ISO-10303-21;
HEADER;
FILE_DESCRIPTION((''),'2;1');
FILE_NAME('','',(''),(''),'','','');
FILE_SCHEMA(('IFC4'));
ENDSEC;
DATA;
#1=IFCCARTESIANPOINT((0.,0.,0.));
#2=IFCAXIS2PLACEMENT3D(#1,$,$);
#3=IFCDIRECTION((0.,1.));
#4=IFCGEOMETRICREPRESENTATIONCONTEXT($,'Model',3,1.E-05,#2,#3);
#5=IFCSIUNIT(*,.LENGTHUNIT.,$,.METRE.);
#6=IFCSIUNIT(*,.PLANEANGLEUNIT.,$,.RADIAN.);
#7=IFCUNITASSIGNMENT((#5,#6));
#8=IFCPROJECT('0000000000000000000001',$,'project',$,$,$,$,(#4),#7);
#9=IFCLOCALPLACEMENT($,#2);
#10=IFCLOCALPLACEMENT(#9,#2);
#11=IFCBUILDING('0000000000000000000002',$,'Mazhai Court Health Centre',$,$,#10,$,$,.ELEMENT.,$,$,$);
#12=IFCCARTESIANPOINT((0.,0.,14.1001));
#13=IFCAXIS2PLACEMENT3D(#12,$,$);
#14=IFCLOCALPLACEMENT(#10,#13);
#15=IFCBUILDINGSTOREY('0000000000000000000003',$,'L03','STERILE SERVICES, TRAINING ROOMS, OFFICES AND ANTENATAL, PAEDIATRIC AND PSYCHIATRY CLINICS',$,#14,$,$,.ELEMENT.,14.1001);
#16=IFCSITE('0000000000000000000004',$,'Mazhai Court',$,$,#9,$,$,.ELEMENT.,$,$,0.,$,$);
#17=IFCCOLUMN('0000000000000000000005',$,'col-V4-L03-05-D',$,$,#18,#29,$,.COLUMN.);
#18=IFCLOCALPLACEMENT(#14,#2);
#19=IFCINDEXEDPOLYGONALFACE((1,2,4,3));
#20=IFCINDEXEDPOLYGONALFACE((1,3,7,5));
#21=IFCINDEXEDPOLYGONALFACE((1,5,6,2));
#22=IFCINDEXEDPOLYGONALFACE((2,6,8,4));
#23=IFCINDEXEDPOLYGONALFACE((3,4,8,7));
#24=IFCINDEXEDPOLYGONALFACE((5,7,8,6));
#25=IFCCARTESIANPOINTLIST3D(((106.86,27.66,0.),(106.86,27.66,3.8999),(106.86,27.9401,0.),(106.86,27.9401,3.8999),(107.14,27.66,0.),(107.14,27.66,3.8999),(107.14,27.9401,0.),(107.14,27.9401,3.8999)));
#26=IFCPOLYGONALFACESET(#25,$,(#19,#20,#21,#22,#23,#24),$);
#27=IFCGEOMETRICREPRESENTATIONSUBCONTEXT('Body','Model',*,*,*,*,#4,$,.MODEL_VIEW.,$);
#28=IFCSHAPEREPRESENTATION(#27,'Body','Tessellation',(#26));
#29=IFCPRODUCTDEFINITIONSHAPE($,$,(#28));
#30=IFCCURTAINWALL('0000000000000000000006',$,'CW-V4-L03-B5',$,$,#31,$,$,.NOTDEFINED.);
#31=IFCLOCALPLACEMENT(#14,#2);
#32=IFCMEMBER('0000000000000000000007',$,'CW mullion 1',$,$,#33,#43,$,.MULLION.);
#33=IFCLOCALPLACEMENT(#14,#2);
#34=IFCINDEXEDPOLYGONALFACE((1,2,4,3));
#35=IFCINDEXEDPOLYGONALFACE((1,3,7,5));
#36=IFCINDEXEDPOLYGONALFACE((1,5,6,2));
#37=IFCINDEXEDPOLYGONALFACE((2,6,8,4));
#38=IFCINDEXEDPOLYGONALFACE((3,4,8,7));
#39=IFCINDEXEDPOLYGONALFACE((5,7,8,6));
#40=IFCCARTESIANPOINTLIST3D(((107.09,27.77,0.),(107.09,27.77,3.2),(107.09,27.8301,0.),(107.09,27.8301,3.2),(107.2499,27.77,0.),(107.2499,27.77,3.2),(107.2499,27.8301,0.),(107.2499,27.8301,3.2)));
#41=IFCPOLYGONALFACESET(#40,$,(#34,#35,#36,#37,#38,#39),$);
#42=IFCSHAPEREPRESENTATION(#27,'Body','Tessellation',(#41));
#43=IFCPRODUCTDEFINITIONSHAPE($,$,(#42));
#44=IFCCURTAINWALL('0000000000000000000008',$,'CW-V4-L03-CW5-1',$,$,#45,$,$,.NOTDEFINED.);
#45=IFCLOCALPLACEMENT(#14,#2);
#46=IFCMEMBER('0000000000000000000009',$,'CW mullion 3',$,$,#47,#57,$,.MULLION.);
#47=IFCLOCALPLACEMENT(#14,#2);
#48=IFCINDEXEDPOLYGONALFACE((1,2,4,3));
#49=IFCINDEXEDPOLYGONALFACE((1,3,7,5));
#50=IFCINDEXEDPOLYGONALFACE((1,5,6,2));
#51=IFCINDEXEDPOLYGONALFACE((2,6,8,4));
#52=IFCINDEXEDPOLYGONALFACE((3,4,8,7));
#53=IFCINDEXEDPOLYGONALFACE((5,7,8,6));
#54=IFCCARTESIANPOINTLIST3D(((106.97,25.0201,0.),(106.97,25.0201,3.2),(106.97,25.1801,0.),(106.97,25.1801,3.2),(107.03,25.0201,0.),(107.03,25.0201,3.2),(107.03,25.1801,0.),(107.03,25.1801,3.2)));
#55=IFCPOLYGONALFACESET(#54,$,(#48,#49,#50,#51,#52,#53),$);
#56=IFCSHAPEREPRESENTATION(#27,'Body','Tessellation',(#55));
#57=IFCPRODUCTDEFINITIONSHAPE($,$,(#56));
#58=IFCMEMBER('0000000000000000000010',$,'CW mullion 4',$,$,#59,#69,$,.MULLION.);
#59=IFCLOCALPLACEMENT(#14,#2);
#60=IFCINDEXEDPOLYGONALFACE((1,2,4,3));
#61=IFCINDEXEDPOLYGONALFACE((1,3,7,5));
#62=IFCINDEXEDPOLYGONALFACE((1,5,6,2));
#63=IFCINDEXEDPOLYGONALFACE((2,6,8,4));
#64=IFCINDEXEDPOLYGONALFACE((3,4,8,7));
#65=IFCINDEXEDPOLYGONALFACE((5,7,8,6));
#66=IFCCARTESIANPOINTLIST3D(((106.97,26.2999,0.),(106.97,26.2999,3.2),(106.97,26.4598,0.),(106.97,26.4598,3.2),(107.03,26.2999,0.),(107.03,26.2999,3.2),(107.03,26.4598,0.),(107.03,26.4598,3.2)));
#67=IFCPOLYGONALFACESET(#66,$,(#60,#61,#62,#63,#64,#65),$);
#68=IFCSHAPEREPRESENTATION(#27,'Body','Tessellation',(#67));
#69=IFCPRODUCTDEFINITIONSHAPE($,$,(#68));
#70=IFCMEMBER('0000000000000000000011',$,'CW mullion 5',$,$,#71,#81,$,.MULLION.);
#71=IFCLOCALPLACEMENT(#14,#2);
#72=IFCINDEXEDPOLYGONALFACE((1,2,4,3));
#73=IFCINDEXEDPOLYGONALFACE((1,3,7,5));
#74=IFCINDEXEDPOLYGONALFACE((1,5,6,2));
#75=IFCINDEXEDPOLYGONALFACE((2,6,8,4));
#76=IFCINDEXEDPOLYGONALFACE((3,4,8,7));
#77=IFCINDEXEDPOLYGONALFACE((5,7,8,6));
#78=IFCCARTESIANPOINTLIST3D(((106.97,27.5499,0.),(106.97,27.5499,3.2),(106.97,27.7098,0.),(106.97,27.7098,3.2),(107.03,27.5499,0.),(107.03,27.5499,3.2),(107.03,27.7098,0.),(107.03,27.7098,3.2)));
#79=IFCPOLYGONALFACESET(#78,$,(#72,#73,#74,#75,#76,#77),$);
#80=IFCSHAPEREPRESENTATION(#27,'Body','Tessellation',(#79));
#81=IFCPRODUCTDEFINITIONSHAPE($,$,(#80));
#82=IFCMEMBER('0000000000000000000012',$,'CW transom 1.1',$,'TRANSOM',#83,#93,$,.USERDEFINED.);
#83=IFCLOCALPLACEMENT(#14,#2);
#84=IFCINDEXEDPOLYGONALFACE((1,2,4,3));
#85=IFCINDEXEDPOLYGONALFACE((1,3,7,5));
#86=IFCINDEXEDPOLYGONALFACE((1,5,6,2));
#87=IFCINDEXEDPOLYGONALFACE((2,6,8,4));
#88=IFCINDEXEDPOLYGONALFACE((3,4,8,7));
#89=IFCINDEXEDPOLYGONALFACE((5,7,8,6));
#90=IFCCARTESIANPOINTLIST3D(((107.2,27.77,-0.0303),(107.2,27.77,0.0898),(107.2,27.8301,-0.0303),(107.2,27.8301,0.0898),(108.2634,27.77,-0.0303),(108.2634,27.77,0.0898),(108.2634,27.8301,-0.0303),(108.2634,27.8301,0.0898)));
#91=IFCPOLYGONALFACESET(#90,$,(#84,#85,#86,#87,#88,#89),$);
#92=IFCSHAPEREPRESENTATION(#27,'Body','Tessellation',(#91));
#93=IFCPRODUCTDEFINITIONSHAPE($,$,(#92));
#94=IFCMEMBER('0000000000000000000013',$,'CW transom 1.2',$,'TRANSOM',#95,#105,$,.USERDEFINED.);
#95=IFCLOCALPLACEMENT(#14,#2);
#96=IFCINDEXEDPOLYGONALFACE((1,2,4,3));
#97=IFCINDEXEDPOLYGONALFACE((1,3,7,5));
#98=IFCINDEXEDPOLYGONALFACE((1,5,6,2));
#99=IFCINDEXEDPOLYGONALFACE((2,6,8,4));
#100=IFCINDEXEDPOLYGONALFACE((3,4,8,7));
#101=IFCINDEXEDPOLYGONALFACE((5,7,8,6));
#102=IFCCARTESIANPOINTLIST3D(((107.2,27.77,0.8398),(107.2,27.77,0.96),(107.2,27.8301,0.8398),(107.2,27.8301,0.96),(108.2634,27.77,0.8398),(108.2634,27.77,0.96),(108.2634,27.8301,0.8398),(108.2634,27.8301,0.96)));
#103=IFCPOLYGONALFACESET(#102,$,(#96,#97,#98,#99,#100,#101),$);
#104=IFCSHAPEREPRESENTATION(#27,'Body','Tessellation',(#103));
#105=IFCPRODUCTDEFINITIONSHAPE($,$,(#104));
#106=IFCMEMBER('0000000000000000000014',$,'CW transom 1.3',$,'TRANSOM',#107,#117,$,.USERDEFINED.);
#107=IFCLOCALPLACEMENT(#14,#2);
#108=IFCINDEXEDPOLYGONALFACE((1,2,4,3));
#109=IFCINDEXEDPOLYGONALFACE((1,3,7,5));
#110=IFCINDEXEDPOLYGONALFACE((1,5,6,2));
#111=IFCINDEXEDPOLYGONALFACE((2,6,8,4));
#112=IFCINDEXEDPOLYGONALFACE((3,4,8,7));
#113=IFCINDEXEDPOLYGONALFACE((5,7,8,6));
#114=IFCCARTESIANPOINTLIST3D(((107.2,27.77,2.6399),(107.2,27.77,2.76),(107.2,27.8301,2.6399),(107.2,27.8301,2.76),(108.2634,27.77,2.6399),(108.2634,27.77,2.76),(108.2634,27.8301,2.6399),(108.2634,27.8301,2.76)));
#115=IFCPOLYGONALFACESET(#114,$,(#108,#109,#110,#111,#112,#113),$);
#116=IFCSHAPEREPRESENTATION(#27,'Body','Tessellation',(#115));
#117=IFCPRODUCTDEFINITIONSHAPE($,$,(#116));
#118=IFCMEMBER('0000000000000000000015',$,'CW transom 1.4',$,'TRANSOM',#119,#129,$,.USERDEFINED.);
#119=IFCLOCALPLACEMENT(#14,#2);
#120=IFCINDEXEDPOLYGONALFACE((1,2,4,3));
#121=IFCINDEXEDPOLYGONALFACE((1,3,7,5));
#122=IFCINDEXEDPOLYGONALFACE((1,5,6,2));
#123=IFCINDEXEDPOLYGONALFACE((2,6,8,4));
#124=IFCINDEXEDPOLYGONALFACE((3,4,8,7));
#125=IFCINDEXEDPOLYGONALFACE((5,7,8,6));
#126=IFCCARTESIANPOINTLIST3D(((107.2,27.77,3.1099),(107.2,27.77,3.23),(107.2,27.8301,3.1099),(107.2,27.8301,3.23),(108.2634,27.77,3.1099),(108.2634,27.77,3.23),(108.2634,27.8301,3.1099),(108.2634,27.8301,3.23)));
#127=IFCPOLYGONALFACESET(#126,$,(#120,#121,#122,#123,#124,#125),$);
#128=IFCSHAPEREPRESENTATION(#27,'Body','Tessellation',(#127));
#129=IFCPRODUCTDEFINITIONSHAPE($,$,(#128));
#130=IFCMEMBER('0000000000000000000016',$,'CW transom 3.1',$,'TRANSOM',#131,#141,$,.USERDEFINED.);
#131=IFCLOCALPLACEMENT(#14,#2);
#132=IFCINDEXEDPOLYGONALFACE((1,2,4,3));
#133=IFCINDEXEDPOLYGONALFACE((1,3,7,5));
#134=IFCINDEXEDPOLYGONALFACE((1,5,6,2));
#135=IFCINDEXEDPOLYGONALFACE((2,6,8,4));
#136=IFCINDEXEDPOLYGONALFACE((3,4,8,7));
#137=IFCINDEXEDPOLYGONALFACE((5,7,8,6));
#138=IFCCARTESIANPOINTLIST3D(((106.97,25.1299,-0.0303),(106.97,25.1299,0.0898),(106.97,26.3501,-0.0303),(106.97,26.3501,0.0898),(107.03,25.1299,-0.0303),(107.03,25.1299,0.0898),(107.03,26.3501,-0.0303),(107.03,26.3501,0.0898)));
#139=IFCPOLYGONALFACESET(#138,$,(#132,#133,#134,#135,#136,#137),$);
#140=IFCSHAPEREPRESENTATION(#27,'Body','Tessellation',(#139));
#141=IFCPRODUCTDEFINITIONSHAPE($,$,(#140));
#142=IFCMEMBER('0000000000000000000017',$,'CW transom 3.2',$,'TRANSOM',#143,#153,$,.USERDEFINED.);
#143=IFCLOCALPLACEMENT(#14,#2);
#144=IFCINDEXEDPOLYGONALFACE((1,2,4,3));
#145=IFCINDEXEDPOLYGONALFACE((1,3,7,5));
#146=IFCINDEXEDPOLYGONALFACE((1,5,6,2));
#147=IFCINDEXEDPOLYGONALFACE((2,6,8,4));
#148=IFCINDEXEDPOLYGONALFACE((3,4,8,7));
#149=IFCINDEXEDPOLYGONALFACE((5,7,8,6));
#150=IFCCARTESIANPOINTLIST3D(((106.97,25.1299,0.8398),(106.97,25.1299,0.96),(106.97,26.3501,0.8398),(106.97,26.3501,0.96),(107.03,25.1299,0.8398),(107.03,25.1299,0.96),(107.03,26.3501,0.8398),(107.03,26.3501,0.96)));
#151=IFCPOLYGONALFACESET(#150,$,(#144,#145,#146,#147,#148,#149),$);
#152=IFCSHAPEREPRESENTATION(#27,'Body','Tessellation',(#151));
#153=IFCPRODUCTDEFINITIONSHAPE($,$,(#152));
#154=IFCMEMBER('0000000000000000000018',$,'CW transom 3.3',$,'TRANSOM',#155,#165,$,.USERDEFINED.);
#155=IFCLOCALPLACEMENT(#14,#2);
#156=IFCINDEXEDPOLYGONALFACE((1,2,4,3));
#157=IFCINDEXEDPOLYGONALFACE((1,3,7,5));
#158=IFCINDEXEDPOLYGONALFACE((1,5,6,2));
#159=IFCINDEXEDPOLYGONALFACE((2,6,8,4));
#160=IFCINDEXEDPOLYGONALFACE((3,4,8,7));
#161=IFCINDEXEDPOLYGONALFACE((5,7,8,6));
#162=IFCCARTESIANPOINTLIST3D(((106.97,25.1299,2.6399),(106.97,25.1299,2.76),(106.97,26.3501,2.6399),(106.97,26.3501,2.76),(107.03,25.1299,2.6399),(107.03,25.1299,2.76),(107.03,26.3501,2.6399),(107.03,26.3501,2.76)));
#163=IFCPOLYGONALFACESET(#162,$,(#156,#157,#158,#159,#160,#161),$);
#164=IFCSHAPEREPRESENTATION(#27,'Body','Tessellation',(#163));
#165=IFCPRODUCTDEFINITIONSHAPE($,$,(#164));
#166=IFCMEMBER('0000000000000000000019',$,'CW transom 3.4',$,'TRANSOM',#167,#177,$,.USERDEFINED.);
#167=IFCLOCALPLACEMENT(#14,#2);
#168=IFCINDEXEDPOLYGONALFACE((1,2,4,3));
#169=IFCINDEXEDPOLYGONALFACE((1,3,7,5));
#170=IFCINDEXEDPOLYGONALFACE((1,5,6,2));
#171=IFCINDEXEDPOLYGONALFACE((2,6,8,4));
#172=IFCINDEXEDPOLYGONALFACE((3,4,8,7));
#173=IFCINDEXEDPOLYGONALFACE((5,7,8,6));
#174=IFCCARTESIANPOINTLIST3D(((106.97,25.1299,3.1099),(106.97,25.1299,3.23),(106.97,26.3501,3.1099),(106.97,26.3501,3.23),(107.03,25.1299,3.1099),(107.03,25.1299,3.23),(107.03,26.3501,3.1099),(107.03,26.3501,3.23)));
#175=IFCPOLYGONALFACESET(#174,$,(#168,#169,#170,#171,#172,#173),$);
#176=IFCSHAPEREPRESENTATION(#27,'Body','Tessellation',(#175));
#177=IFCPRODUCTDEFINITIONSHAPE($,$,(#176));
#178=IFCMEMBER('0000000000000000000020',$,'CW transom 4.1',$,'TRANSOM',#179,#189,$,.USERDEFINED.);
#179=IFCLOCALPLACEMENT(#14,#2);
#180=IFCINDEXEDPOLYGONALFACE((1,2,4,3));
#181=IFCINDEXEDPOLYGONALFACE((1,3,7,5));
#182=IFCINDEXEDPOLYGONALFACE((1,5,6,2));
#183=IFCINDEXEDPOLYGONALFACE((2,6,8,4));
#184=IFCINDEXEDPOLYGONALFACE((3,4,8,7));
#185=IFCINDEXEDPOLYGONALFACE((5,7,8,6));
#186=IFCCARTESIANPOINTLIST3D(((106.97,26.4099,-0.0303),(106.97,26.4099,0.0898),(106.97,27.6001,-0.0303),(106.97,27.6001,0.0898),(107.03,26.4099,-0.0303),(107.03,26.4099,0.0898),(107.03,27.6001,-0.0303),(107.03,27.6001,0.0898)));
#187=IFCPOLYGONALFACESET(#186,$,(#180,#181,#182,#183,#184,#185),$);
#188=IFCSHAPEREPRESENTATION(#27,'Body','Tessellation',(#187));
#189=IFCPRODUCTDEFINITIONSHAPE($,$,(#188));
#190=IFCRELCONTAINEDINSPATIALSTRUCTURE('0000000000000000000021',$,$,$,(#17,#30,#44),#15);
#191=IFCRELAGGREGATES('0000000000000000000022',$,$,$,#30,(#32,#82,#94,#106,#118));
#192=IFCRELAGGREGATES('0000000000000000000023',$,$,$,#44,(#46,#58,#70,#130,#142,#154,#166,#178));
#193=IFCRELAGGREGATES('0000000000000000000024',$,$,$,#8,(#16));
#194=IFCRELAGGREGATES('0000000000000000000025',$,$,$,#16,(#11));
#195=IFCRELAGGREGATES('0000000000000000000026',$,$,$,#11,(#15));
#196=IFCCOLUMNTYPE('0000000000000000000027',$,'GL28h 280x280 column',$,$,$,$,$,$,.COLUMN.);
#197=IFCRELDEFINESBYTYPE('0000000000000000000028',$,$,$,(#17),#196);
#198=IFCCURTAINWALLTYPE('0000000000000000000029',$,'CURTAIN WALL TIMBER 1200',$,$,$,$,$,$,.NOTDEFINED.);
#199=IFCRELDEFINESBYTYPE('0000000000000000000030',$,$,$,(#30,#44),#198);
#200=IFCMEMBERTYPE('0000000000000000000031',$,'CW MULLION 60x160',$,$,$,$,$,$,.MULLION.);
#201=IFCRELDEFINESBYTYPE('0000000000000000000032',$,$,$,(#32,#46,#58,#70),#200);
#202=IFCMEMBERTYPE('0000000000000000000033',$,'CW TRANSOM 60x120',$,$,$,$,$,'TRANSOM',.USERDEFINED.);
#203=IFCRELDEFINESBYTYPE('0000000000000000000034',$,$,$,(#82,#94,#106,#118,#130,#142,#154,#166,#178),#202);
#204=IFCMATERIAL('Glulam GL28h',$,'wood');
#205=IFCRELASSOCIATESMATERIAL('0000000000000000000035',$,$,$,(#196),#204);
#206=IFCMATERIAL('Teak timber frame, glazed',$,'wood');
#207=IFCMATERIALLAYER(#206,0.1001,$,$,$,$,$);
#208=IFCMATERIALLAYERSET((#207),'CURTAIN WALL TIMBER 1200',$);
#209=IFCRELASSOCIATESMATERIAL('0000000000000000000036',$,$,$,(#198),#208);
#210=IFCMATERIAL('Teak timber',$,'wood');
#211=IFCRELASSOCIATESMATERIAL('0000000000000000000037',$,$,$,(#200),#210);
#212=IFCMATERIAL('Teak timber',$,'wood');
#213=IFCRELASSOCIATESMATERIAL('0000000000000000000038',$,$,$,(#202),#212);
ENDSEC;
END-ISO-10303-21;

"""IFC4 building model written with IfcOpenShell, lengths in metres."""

from ifc_helpers import new_model, si_unit, direction, frame, origin, origin_2d, place, context, subcontext, project, spatial, rectangle, extrude, material, layer, layer_set, material_profile, profile_set, type_object, element, aggregate, save


model = new_model("IFC4")

# Units and contexts
model_context = context("Model", 3, precision=1e-05, world=origin(), true_north=direction((0.0, 1.0)))
body_context = subcontext(model_context, "Body", "Model", "MODEL_VIEW")
ifc_project = project(units=[si_unit("LENGTHUNIT", "METRE"), si_unit("PLANEANGLEUNIT", "RADIAN")], contexts=[model_context])

# Site, building, storey
site_placement = place(None, origin())
site = spatial("IfcSite", under=ifc_project, at=site_placement, Name="Mazhai Court", CompositionType="ELEMENT", RefElevation=0.0)
building_placement = place(site_placement, origin())
building = spatial("IfcBuilding", under=site, at=building_placement, Name="Mazhai Court Health Centre", CompositionType="ELEMENT")
storey_placement = place(building_placement, frame((0.0, 0.0, 14.1001)))
storey = spatial("IfcBuildingStorey", under=building, at=storey_placement, Name="L03", Description="STERILE SERVICES, TRAINING ROOMS, OFFICES AND ANTENATAL, PAEDIATRIC AND PSYCHIATRY CLINICS", CompositionType="ELEMENT", Elevation=14.1001)

# Column
ifc_material_1 = material(Name="Glulam GL28h", Category="wood")
ifc_material_profile_1 = material_profile(ifc_material_1, rectangle(XDim=0.28, YDim=0.28, at=origin_2d()), Name="GL28h 280x280")
ifc_profile_set_1 = profile_set([ifc_material_profile_1], Name="Glulam GL28h")
column_type = type_object("IfcColumnType", Name="GL28h 280x280 column", PredefinedType="COLUMN", material=ifc_profile_set_1)
column_placement = place(storey_placement, frame((107.0, 27.8, 0.0), z_axis=(0.0, 0.0, 1.0), x_axis=(1.0, 0.0, 0.0)))
element("IfcColumn", 1, at=column_placement, inside=storey, type_object=column_type, Name="col-V4-L03-05-D", PredefinedType="COLUMN", context=body_context, shape_type="SweptSolid", body=[
    extrude(rectangle(XDim=0.28, YDim=0.28, at=origin_2d()), origin(), (0.0, 0.0, 1.0), 3.8999),
])

# Curtain wall, member
ifc_material_2 = material(Name="Teak timber frame, glazed", Category="wood")
ifc_layer_1 = layer(ifc_material_2, 0.1001)
ifc_layer_set_1 = layer_set([ifc_layer_1], Name="CURTAIN WALL TIMBER 1200")
curtain_wall_type = type_object("IfcCurtainWallType", Name="CURTAIN WALL TIMBER 1200", PredefinedType="NOTDEFINED", material=ifc_layer_set_1)
curtain_wall_1_placement = place(storey_placement, origin())
curtain_wall_1 = element("IfcCurtainWall", 2, at=curtain_wall_1_placement, inside=storey, type_object=curtain_wall_type, Name="CW-V4-L03-B5", PredefinedType="NOTDEFINED")
ifc_material_3 = material(Name="Teak timber", Category="wood")
ifc_material_profile_2 = material_profile(ifc_material_3, rectangle(XDim=0.0601, YDim=0.1599, at=origin_2d()), Name="CW MULLION 60x160")
ifc_profile_set_2 = profile_set([ifc_material_profile_2], Name="Teak timber")
member_type_1 = type_object("IfcMemberType", Name="CW MULLION 60x160", PredefinedType="MULLION", material=ifc_profile_set_2)
member_1_placement = place(storey_placement, frame((107.1699, 27.8, 0.0), z_axis=(0.0, 0.0, 1.0), x_axis=(0.0, 1.0, 0.0)))
member_1 = element("IfcMember", 3, at=member_1_placement, type_object=member_type_1, Name="CW mullion 1", PredefinedType="MULLION", context=body_context, shape_type="SweptSolid", body=[
    extrude(rectangle(XDim=0.0601, YDim=0.1599, at=origin_2d()), origin(), (0.0, 0.0, 1.0), 3.2),
])

# Curtain wall, members
curtain_wall_2_placement = place(storey_placement, origin())
curtain_wall_2 = element("IfcCurtainWall", 4, at=curtain_wall_2_placement, inside=storey, type_object=curtain_wall_type, Name="CW-V4-L03-CW5-1", PredefinedType="NOTDEFINED")
member_2_placement = place(storey_placement, frame((107.0, 25.1001, 0.0), z_axis=(0.0, 0.0, 1.0), x_axis=(-1.0, 0.0, 0.0)))
member_2 = element("IfcMember", 5, at=member_2_placement, type_object=member_type_1, Name="CW mullion 3", PredefinedType="MULLION", context=body_context, shape_type="SweptSolid", body=[
    extrude(rectangle(XDim=0.0601, YDim=0.1599, at=origin_2d()), origin(), (0.0, 0.0, 1.0), 3.2),
])
member_3_placement = place(storey_placement, frame((107.0, 26.3799, 0.0), z_axis=(0.0, 0.0, 1.0), x_axis=(-1.0, 0.0, 0.0)))
member_3 = element("IfcMember", 6, at=member_3_placement, type_object=member_type_1, Name="CW mullion 4", PredefinedType="MULLION", context=body_context, shape_type="SweptSolid", body=[
    extrude(rectangle(XDim=0.0601, YDim=0.1599, at=origin_2d()), origin(), (0.0, 0.0, 1.0), 3.2),
])
member_4_placement = place(storey_placement, frame((107.0, 27.6299, 0.0), z_axis=(0.0, 0.0, 1.0), x_axis=(-1.0, 0.0, 0.0)))
member_4 = element("IfcMember", 7, at=member_4_placement, type_object=member_type_1, Name="CW mullion 5", PredefinedType="MULLION", context=body_context, shape_type="SweptSolid", body=[
    extrude(rectangle(XDim=0.0601, YDim=0.1599, at=origin_2d()), origin(), (0.0, 0.0, 1.0), 3.2),
])

# Members
ifc_material_4 = material(Name="Teak timber", Category="wood")
ifc_material_profile_3 = material_profile(ifc_material_4, rectangle(XDim=0.0601, YDim=0.1201, at=origin_2d()), Name="CW TRANSOM 60x120")
ifc_profile_set_3 = profile_set([ifc_material_profile_3], Name="Teak timber")
member_type_2 = type_object("IfcMemberType", Name="CW TRANSOM 60x120", ElementType="TRANSOM", PredefinedType="USERDEFINED", material=ifc_profile_set_3)
member_5_placement = place(storey_placement, frame((107.2, 27.8, 0.0298), z_axis=(1.0, 0.0, 0.0), x_axis=(0.0, 1.0, 0.0)))
member_5 = element("IfcMember", 8, at=member_5_placement, type_object=member_type_2, Name="CW transom 1.1", ObjectType="TRANSOM", PredefinedType="USERDEFINED", context=body_context, shape_type="SweptSolid", body=[
    extrude(rectangle(XDim=0.0601, YDim=0.1201, at=origin_2d()), origin(), (0.0, 0.0, 1.0), 1.0635),
])
member_6_placement = place(storey_placement, frame((107.2, 27.8, 0.8999), z_axis=(1.0, 0.0, 0.0), x_axis=(0.0, 1.0, 0.0)))
member_6 = element("IfcMember", 9, at=member_6_placement, type_object=member_type_2, Name="CW transom 1.2", ObjectType="TRANSOM", PredefinedType="USERDEFINED", context=body_context, shape_type="SweptSolid", body=[
    extrude(rectangle(XDim=0.0601, YDim=0.1201, at=origin_2d()), origin(), (0.0, 0.0, 1.0), 1.0635),
])
member_7_placement = place(storey_placement, frame((107.2, 27.8, 2.7), z_axis=(1.0, 0.0, 0.0), x_axis=(0.0, 1.0, 0.0)))
member_7 = element("IfcMember", 10, at=member_7_placement, type_object=member_type_2, Name="CW transom 1.3", ObjectType="TRANSOM", PredefinedType="USERDEFINED", context=body_context, shape_type="SweptSolid", body=[
    extrude(rectangle(XDim=0.0601, YDim=0.1201, at=origin_2d()), origin(), (0.0, 0.0, 1.0), 1.0635),
])
member_8_placement = place(storey_placement, frame((107.2, 27.8, 3.1699), z_axis=(1.0, 0.0, 0.0), x_axis=(0.0, 1.0, 0.0)))
member_8 = element("IfcMember", 11, at=member_8_placement, type_object=member_type_2, Name="CW transom 1.4", ObjectType="TRANSOM", PredefinedType="USERDEFINED", context=body_context, shape_type="SweptSolid", body=[
    extrude(rectangle(XDim=0.0601, YDim=0.1201, at=origin_2d()), origin(), (0.0, 0.0, 1.0), 1.0635),
])
member_9_placement = place(storey_placement, frame((107.0, 25.1299, 0.0298), z_axis=(0.0, 1.0, 0.0), x_axis=(-1.0, 0.0, 0.0)))
member_9 = element("IfcMember", 12, at=member_9_placement, type_object=member_type_2, Name="CW transom 3.1", ObjectType="TRANSOM", PredefinedType="USERDEFINED", context=body_context, shape_type="SweptSolid", body=[
    extrude(rectangle(XDim=0.0601, YDim=0.1201, at=origin_2d()), origin(), (0.0, 0.0, 1.0), 1.2202),
])
member_10_placement = place(storey_placement, frame((107.0, 25.1299, 0.8999), z_axis=(0.0, 1.0, 0.0), x_axis=(-1.0, 0.0, 0.0)))
member_10 = element("IfcMember", 13, at=member_10_placement, type_object=member_type_2, Name="CW transom 3.2", ObjectType="TRANSOM", PredefinedType="USERDEFINED", context=body_context, shape_type="SweptSolid", body=[
    extrude(rectangle(XDim=0.0601, YDim=0.1201, at=origin_2d()), origin(), (0.0, 0.0, 1.0), 1.2202),
])
member_11_placement = place(storey_placement, frame((107.0, 25.1299, 2.7), z_axis=(0.0, 1.0, 0.0), x_axis=(-1.0, 0.0, 0.0)))
member_11 = element("IfcMember", 14, at=member_11_placement, type_object=member_type_2, Name="CW transom 3.3", ObjectType="TRANSOM", PredefinedType="USERDEFINED", context=body_context, shape_type="SweptSolid", body=[
    extrude(rectangle(XDim=0.0601, YDim=0.1201, at=origin_2d()), origin(), (0.0, 0.0, 1.0), 1.2202),
])
member_12_placement = place(storey_placement, frame((107.0, 25.1299, 3.1699), z_axis=(0.0, 1.0, 0.0), x_axis=(-1.0, 0.0, 0.0)))
member_12 = element("IfcMember", 15, at=member_12_placement, type_object=member_type_2, Name="CW transom 3.4", ObjectType="TRANSOM", PredefinedType="USERDEFINED", context=body_context, shape_type="SweptSolid", body=[
    extrude(rectangle(XDim=0.0601, YDim=0.1201, at=origin_2d()), origin(), (0.0, 0.0, 1.0), 1.2202),
])
member_13_placement = place(storey_placement, frame((107.0, 26.4099, 0.0298), z_axis=(0.0, 1.0, 0.0), x_axis=(-1.0, 0.0, 0.0)))
member_13 = element("IfcMember", 16, at=member_13_placement, type_object=member_type_2, Name="CW transom 4.1", ObjectType="TRANSOM", PredefinedType="USERDEFINED", context=body_context, shape_type="SweptSolid", body=[
    extrude(rectangle(XDim=0.0601, YDim=0.1201, at=origin_2d()), origin(), (0.0, 0.0, 1.0), 1.1902),
])

aggregate(curtain_wall_1, [member_1, member_5, member_6, member_7, member_8])
aggregate(curtain_wall_2, [member_2, member_3, member_4, member_9, member_10, member_11, member_12, member_13])

save(model, "model.ifc")
